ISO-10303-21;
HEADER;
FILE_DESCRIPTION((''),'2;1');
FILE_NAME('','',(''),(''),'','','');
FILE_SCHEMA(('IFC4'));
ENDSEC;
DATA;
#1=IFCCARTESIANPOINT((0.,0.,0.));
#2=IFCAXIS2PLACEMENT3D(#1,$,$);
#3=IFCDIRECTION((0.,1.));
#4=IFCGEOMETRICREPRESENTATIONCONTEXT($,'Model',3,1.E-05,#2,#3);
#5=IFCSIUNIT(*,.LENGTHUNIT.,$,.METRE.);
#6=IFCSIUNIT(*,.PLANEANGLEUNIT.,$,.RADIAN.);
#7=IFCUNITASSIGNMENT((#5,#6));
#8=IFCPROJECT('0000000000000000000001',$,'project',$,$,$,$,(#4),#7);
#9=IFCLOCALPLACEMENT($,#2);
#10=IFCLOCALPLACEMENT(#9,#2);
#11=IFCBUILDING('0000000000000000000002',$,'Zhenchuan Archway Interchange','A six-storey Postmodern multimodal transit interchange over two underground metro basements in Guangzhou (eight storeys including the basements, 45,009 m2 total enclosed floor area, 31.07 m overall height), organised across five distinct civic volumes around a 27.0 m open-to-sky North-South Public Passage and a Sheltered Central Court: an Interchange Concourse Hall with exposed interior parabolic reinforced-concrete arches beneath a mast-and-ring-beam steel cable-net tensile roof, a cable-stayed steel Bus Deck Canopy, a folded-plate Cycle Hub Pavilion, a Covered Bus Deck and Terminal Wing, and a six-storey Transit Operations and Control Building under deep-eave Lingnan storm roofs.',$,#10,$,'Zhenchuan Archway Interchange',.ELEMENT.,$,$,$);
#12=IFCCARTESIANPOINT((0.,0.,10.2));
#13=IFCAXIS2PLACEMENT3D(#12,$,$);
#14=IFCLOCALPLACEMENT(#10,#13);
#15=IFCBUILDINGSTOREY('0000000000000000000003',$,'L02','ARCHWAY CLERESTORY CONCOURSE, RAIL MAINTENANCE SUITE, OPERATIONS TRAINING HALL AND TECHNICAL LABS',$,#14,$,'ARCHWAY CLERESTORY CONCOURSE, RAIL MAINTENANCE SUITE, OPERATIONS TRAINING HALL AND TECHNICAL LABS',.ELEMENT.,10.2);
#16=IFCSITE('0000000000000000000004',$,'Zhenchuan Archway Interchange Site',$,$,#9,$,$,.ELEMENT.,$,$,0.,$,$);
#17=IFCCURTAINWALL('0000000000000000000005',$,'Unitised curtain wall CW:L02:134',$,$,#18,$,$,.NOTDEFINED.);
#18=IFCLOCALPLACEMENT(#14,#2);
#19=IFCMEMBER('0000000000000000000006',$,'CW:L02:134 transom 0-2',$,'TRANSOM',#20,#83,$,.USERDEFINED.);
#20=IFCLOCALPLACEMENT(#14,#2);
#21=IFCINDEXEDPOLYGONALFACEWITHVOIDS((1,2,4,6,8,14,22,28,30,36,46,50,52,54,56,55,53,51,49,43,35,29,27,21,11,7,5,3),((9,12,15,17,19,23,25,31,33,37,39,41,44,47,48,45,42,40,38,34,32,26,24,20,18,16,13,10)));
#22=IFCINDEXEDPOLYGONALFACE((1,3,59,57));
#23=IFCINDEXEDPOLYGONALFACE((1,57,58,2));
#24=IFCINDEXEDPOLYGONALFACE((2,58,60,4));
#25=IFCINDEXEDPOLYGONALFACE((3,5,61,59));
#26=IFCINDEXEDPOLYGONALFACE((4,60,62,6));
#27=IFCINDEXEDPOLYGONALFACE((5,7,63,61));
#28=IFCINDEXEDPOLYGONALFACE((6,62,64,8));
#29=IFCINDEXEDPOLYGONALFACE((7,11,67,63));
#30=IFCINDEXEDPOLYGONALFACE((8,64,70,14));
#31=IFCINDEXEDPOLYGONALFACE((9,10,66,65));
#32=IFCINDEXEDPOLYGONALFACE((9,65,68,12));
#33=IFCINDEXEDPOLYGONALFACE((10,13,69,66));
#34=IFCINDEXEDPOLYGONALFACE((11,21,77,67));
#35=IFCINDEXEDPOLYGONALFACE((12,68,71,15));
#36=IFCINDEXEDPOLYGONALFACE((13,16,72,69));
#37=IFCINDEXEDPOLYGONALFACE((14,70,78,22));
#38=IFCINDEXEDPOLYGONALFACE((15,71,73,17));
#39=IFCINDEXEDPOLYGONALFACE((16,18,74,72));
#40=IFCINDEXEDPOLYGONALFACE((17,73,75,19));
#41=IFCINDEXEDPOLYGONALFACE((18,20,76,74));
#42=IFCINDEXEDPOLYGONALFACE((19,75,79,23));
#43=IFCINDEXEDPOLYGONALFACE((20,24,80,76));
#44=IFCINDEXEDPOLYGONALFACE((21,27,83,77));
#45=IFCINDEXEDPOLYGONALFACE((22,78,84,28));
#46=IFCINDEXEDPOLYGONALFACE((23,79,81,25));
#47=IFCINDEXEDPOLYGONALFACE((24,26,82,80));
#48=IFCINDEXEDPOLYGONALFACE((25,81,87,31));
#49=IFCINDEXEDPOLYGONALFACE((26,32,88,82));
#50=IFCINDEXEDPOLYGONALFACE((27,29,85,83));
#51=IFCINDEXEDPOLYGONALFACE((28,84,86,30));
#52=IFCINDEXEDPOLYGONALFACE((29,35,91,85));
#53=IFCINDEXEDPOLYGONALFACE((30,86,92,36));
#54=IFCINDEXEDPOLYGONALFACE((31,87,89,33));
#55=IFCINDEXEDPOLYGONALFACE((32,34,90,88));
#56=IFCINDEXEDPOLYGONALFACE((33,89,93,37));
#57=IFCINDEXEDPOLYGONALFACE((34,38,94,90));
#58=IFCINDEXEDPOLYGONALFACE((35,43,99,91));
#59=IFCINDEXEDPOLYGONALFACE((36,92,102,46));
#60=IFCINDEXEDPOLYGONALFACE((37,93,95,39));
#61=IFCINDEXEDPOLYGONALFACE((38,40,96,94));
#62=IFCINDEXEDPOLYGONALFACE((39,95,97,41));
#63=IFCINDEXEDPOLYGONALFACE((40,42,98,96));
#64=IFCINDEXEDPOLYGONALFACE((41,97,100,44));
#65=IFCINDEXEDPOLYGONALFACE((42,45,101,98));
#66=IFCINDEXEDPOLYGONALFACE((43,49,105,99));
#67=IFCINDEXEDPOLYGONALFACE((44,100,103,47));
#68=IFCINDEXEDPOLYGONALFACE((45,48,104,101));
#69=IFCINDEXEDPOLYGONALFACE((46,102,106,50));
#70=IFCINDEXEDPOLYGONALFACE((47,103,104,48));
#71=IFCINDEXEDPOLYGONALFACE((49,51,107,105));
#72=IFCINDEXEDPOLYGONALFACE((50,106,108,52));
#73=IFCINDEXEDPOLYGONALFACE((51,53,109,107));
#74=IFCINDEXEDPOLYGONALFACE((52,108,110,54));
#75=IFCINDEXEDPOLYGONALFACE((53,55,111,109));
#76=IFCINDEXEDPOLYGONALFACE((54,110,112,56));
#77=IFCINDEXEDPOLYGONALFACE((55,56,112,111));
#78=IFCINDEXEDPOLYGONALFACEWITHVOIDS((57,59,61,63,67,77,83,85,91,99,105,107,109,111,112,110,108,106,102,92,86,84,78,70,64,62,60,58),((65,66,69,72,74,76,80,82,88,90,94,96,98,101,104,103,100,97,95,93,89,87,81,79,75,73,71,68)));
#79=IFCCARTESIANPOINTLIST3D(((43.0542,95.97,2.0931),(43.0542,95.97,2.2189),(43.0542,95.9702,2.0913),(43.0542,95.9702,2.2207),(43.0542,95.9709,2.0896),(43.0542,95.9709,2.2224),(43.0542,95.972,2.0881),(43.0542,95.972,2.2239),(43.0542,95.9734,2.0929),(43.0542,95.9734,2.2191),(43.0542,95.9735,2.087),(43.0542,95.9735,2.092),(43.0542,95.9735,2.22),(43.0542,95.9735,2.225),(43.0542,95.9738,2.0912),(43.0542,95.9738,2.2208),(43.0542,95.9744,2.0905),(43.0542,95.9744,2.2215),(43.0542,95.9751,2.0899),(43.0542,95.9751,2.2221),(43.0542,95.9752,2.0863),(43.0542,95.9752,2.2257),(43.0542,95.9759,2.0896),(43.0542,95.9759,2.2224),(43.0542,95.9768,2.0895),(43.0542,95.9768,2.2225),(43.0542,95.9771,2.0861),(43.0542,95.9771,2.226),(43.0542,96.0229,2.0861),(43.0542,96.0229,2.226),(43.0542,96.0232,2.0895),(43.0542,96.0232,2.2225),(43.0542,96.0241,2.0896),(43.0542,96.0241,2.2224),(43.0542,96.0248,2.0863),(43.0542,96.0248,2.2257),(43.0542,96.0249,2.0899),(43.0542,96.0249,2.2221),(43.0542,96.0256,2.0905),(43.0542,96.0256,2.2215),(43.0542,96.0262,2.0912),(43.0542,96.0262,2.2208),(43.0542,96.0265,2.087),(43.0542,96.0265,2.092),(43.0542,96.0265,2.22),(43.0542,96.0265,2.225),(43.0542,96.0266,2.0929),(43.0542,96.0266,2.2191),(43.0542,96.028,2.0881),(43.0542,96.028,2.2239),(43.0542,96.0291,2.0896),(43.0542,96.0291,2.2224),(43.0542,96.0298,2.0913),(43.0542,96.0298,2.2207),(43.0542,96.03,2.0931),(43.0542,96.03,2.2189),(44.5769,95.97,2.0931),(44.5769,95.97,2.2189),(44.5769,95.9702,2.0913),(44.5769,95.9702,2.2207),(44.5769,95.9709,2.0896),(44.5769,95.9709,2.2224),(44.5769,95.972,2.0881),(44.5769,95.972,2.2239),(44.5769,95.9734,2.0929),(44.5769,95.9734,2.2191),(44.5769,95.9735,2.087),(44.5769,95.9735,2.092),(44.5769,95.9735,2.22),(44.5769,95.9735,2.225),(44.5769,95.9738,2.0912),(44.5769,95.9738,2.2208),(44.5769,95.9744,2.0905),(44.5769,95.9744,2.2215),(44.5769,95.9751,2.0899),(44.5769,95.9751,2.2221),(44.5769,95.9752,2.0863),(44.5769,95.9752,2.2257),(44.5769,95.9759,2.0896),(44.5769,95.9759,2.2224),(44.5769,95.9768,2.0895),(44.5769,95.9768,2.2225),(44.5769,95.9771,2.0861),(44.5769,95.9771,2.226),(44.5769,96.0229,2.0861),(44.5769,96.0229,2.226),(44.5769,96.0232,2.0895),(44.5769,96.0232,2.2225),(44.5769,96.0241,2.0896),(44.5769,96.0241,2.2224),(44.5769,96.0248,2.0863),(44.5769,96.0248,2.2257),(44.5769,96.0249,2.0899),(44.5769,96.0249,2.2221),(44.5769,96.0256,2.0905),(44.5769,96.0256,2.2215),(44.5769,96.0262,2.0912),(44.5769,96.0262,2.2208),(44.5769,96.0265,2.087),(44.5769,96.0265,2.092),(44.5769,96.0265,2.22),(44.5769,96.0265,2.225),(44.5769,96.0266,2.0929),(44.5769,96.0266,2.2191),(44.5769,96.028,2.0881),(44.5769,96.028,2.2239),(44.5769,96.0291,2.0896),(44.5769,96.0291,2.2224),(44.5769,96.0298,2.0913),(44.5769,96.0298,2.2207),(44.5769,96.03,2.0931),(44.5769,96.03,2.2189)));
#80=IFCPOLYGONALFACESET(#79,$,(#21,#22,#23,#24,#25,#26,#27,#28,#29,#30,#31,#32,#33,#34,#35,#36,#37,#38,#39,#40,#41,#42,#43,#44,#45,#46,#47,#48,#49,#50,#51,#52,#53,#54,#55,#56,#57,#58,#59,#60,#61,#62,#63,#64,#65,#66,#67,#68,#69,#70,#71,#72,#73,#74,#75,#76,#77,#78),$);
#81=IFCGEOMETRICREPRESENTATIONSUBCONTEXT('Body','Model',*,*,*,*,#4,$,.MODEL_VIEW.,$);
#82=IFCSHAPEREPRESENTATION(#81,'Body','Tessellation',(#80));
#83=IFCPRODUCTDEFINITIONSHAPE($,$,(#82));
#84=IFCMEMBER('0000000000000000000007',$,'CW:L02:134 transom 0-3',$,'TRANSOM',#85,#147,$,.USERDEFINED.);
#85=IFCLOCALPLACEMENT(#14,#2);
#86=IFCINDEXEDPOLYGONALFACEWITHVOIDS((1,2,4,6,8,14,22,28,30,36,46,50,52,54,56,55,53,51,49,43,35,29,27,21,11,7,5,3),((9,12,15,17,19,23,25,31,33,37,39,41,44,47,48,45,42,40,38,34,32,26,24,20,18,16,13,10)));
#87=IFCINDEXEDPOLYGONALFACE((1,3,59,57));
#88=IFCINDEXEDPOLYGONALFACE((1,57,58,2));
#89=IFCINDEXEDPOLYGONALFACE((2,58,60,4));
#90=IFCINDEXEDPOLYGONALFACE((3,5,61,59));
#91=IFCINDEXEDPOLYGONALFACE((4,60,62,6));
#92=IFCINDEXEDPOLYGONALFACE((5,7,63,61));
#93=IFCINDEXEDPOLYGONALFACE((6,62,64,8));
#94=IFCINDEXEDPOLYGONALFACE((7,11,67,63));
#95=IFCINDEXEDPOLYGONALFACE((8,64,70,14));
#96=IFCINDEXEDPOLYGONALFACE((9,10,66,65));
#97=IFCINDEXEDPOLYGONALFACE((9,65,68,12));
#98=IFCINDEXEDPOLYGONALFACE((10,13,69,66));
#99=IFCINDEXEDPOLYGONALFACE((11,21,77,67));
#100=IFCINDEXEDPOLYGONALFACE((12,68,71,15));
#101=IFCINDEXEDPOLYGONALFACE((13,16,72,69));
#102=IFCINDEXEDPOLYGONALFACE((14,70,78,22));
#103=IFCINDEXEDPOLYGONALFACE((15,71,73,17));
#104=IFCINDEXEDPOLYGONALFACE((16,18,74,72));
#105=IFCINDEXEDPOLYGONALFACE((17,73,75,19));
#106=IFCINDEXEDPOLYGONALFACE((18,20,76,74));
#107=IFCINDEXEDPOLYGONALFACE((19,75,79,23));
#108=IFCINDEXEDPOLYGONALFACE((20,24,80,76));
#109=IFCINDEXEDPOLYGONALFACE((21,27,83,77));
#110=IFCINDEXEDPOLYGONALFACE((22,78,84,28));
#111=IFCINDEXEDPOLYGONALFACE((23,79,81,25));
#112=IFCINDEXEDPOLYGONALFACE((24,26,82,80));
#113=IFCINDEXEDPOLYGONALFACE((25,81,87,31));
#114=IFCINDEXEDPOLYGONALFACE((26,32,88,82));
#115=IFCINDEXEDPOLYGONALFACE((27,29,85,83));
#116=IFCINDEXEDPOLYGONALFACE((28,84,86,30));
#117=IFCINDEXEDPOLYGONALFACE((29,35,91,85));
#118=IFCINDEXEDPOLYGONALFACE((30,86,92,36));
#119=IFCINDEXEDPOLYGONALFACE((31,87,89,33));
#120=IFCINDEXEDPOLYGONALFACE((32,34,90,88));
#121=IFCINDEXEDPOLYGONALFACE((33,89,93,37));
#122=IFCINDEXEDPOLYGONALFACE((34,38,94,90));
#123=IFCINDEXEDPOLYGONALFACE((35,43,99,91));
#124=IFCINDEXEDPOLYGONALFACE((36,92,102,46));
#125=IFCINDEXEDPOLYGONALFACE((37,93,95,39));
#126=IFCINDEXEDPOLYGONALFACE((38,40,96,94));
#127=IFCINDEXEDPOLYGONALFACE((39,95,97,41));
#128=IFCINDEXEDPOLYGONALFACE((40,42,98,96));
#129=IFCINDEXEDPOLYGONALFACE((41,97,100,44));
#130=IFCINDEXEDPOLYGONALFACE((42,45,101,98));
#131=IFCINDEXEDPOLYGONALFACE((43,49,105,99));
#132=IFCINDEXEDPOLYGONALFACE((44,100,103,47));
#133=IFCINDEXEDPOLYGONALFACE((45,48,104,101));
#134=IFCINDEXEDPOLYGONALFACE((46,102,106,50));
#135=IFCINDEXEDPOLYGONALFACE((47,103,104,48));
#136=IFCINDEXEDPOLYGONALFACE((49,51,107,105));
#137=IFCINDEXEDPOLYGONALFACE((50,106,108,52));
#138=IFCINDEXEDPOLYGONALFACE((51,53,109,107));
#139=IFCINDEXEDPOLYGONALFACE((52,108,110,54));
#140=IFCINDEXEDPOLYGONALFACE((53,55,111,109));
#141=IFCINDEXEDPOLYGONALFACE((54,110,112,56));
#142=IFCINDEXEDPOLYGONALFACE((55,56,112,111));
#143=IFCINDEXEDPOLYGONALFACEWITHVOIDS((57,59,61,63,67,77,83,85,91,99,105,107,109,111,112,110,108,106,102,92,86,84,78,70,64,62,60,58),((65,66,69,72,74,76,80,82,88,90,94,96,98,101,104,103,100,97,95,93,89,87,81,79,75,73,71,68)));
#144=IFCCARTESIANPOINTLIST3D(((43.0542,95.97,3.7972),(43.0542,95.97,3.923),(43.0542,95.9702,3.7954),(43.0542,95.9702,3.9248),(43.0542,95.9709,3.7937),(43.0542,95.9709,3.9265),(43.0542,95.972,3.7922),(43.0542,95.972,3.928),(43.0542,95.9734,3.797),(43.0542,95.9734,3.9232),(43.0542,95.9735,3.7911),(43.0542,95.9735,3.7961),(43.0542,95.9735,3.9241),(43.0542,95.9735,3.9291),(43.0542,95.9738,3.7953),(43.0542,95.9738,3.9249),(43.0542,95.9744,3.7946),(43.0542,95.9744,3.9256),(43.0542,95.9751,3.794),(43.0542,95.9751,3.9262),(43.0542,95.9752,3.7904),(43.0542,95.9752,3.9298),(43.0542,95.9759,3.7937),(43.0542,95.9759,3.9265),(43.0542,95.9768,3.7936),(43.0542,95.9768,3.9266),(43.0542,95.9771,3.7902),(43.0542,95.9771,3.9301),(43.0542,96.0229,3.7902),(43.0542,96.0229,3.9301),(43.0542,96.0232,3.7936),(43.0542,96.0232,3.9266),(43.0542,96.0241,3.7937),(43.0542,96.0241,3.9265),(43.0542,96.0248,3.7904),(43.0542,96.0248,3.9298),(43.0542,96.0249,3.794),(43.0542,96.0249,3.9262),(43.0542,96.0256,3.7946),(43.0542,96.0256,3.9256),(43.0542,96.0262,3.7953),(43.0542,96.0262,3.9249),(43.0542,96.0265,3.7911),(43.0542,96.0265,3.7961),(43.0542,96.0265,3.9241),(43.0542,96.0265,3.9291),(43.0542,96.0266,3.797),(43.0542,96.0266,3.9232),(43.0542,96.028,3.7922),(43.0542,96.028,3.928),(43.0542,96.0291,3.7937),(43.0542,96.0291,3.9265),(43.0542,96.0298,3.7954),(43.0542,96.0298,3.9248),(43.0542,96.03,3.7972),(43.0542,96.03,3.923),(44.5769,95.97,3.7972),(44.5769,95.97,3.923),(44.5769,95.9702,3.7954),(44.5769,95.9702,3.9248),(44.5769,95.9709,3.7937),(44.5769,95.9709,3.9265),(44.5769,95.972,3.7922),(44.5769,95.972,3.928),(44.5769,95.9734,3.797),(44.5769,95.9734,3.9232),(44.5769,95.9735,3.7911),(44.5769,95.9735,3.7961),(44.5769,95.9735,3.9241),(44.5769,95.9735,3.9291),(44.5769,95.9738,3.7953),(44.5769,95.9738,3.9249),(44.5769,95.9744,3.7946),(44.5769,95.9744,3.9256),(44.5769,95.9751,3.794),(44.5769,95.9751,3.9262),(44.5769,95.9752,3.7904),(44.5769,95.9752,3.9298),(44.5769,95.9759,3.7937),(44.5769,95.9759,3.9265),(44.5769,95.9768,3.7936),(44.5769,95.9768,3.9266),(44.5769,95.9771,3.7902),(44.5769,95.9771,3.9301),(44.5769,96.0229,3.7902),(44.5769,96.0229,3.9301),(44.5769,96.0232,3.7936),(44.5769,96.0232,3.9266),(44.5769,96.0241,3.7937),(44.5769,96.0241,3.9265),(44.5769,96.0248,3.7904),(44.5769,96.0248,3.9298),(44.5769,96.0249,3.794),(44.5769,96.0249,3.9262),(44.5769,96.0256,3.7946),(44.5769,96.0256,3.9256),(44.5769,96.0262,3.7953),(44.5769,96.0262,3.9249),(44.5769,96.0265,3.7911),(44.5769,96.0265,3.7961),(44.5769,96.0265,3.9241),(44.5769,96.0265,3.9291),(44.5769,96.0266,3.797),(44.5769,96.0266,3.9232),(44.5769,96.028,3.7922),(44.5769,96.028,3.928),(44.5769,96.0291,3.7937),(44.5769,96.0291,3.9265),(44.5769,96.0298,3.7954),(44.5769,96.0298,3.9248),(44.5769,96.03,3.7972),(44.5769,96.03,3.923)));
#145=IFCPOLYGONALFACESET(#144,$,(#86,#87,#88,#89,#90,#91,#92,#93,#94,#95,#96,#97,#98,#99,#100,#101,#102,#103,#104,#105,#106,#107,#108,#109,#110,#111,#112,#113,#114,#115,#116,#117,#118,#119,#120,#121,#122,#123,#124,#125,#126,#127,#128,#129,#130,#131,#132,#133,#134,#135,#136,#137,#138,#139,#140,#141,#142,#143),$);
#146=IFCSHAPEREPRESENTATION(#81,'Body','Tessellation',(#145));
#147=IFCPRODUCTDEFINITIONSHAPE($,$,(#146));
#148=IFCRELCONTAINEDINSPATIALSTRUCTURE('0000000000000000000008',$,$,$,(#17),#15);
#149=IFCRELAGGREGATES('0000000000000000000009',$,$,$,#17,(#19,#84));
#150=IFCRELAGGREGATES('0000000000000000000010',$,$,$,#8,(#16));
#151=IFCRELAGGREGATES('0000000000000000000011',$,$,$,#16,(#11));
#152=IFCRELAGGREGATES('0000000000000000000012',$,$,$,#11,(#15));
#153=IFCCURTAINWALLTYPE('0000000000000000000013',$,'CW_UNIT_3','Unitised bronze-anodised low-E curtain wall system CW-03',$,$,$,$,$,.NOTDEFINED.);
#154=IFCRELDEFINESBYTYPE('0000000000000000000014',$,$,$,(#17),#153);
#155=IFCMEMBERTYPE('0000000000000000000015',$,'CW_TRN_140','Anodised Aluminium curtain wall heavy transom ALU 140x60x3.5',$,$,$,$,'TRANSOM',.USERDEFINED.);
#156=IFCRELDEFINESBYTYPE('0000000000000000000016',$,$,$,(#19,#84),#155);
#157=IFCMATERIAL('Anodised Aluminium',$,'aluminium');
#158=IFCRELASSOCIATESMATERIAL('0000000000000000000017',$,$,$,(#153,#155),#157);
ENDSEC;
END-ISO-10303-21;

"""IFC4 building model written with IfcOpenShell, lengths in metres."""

from ifc_helpers import new_model, si_unit, direction, frame, origin, origin_2d, place, context, subcontext, project, spatial, hollow_rectangle, extrude, material, material_profile, profile_set, type_object, element, aggregate, save


model = new_model("IFC4")

# Units and contexts
model_context = context("Model", 3, precision=1e-05, world=origin(), true_north=direction((0.0, 1.0)))
body_context = subcontext(model_context, "Body", "Model", "MODEL_VIEW")
ifc_project = project(units=[si_unit("LENGTHUNIT", "METRE"), si_unit("PLANEANGLEUNIT", "RADIAN")], contexts=[model_context])

# Site, building, storey
site_placement = place(None, origin())
site = spatial("IfcSite", under=ifc_project, at=site_placement, Name="Zhenchuan Archway Interchange Site", CompositionType="ELEMENT", RefElevation=0.0)
building_placement = place(site_placement, origin())
building = spatial("IfcBuilding", under=site, at=building_placement, Name="Zhenchuan Archway Interchange", Description="A six-storey Postmodern multimodal transit interchange over two underground metro basements in Guangzhou (eight storeys including the basements, 45,009 m2 total enclosed floor area, 31.07 m overall height), organised across five distinct civic volumes around a 27.0 m open-to-sky North-South Public Passage and a Sheltered Central Court: an Interchange Concourse Hall with exposed interior parabolic reinforced-concrete arches beneath a mast-and-ring-beam steel cable-net tensile roof, a cable-stayed steel Bus Deck Canopy, a folded-plate Cycle Hub Pavilion, a Covered Bus Deck and Terminal Wing, and a six-storey Transit Operations and Control Building under deep-eave Lingnan storm roofs.", LongName="Zhenchuan Archway Interchange", CompositionType="ELEMENT")
storey_placement = place(building_placement, frame((0.0, 0.0, 10.2)))
storey = spatial("IfcBuildingStorey", under=building, at=storey_placement, Name="L02", Description="ARCHWAY CLERESTORY CONCOURSE, RAIL MAINTENANCE SUITE, OPERATIONS TRAINING HALL AND TECHNICAL LABS", LongName="ARCHWAY CLERESTORY CONCOURSE, RAIL MAINTENANCE SUITE, OPERATIONS TRAINING HALL AND TECHNICAL LABS", CompositionType="ELEMENT", Elevation=10.2)

# Curtain wall
ifc_material_1 = material(Name="Anodised Aluminium", Category="aluminium")
curtain_wall_type_1 = type_object("IfcCurtainWallType", Name="CW_UNIT_3", Description="Unitised bronze-anodised low-E curtain wall system CW-03", PredefinedType="NOTDEFINED", material=ifc_material_1)
curtain_wall_1_placement = place(storey_placement, origin())
curtain_wall_1 = element("IfcCurtainWall", 1, at=curtain_wall_1_placement, inside=storey, type_object=curtain_wall_type_1, Name="Unitised curtain wall CW:L02:134", PredefinedType="NOTDEFINED")

# Members
ifc_material_profile_1 = material_profile(ifc_material_1, hollow_rectangle(XDim=0.0601, YDim=0.1399, WallThickness=0.0034, InnerFilletRadius=0.0034, OuterFilletRadius=0.0071, at=origin_2d()), Name="ALU 140x60x3.5")
ifc_profile_set_1 = profile_set([ifc_material_profile_1], Name="Anodised Aluminium")
member_type_1 = type_object("IfcMemberType", Name="CW_TRN_140", Description="Anodised Aluminium curtain wall heavy transom ALU 140x60x3.5", ElementType="TRANSOM", PredefinedType="USERDEFINED", material=ifc_profile_set_1)
member_1_placement = place(storey_placement, frame((44.5769, 96.0, 2.156), z_axis=(-1.0, 0.0, 0.0), x_axis=(0.0, -1.0, 0.0)))
member_1 = element("IfcMember", 2, at=member_1_placement, type_object=member_type_1, Name="CW:L02:134 transom 0-2", ObjectType="TRANSOM", PredefinedType="USERDEFINED", context=body_context, shape_type="SweptSolid", body=[
    extrude(hollow_rectangle(XDim=0.0601, YDim=0.1399, WallThickness=0.0034, InnerFilletRadius=0.0034, OuterFilletRadius=0.0071, at=origin_2d()), origin(), (0.0, 0.0, 1.0), 1.5227),
])
member_2_placement = place(storey_placement, frame((44.5769, 96.0, 3.8601), z_axis=(-1.0, 0.0, 0.0), x_axis=(0.0, -1.0, 0.0)))
member_2 = element("IfcMember", 3, at=member_2_placement, type_object=member_type_1, Name="CW:L02:134 transom 0-3", ObjectType="TRANSOM", PredefinedType="USERDEFINED", context=body_context, shape_type="SweptSolid", body=[
    extrude(hollow_rectangle(XDim=0.0601, YDim=0.1399, WallThickness=0.0034, InnerFilletRadius=0.0034, OuterFilletRadius=0.0071, at=origin_2d()), origin(), (0.0, 0.0, 1.0), 1.5227),
])

aggregate(curtain_wall_1, [member_1, member_2])

save(model, "model.ifc")
